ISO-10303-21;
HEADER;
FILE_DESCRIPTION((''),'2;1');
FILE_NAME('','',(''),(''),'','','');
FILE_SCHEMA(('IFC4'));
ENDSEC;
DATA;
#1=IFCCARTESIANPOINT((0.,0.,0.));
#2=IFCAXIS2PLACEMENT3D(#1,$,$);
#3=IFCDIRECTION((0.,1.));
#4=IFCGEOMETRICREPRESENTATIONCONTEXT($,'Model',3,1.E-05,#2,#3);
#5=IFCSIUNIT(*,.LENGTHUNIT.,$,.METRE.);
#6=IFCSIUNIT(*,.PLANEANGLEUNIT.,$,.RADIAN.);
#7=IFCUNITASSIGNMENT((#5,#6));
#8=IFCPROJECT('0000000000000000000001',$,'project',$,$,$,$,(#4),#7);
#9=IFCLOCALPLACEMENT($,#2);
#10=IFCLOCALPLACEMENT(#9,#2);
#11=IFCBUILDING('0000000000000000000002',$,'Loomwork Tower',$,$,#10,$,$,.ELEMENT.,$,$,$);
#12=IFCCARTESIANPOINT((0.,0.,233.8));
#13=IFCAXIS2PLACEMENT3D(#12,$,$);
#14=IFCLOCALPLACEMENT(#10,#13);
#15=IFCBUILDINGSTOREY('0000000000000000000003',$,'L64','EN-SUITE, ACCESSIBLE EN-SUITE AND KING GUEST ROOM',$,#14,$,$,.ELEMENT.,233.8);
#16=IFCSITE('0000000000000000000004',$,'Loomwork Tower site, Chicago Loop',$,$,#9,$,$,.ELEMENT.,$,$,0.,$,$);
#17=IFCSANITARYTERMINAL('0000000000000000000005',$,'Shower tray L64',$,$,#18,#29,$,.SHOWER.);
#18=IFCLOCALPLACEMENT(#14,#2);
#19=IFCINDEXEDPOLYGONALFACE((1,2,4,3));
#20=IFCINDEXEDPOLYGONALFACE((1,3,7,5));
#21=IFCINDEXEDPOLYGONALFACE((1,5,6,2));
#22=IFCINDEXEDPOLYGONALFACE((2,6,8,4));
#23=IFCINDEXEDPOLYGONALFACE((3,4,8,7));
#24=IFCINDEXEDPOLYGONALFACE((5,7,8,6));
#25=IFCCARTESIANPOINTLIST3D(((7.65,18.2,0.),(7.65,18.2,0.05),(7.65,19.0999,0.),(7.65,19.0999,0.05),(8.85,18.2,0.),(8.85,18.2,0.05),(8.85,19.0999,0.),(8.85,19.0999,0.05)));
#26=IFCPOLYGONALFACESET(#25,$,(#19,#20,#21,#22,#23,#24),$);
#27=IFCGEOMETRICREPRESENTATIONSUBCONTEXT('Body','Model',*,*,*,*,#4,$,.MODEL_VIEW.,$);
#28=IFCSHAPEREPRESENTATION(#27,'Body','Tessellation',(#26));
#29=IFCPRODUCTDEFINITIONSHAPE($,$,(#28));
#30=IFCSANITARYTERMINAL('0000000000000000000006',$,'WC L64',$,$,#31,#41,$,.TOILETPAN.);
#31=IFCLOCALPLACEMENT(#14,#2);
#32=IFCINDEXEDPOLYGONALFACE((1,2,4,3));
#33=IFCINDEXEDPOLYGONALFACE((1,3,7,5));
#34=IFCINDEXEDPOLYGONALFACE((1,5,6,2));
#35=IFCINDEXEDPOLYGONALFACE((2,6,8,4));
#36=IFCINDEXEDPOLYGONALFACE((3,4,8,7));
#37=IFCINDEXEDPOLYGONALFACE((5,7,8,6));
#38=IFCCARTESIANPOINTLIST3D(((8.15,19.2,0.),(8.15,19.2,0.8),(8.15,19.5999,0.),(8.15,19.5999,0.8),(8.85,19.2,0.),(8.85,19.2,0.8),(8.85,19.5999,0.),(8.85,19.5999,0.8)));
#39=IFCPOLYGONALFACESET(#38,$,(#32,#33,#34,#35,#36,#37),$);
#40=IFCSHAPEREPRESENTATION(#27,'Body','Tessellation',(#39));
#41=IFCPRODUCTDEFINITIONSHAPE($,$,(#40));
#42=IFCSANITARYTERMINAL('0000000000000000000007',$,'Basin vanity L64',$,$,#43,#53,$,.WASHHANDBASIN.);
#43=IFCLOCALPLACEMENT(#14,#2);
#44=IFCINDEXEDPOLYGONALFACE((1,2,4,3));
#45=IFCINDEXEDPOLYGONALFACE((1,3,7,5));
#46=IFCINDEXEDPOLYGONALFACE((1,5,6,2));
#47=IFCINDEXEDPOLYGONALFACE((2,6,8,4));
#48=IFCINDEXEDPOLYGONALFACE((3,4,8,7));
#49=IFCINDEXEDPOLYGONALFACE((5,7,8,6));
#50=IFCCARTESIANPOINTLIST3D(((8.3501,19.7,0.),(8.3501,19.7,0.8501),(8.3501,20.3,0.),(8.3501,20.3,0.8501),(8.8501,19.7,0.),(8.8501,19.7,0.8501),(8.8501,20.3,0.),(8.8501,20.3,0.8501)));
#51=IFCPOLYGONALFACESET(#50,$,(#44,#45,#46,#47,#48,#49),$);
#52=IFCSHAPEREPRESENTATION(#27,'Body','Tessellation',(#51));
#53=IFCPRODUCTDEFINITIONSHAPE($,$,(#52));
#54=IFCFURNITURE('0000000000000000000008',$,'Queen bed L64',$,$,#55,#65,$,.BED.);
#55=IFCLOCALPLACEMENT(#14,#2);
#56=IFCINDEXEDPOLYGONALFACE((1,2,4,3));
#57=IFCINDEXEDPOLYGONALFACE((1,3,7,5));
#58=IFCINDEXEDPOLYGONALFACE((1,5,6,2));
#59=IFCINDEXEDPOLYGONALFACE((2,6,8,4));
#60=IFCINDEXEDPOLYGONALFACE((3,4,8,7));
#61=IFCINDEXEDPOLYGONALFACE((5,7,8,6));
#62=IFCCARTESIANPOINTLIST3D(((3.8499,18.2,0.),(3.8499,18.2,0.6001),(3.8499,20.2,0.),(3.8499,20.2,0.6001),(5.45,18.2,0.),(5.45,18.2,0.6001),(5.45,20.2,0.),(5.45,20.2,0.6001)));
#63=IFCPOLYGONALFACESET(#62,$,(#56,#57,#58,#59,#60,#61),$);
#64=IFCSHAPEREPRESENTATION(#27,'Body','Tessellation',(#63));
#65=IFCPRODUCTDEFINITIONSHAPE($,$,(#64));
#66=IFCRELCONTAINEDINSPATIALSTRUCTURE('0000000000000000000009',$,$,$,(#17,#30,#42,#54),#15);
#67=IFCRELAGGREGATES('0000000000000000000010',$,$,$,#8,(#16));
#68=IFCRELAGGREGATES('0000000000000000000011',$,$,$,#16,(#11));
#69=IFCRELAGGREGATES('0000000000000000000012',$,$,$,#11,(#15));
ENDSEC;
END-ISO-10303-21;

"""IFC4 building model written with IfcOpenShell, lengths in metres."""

from ifc_helpers import new_model, si_unit, direction, frame, origin, origin_2d, place, context, subcontext, project, spatial, rectangle, extrude, element, save


model = new_model("IFC4")

# Units and contexts
model_context = context("Model", 3, precision=1e-05, world=origin(), true_north=direction((0.0, 1.0)))
body_context = subcontext(model_context, "Body", "Model", "MODEL_VIEW")
ifc_project = project(units=[si_unit("LENGTHUNIT", "METRE"), si_unit("PLANEANGLEUNIT", "RADIAN")], contexts=[model_context])

# Site, building, storey
site_placement = place(None, origin())
site = spatial("IfcSite", under=ifc_project, at=site_placement, Name="Loomwork Tower site, Chicago Loop", CompositionType="ELEMENT", RefElevation=0.0)
building_placement = place(site_placement, origin())
building = spatial("IfcBuilding", under=site, at=building_placement, Name="Loomwork Tower", CompositionType="ELEMENT")
storey_placement = place(building_placement, frame((0.0, 0.0, 233.8)))
storey = spatial("IfcBuildingStorey", under=building, at=storey_placement, Name="L64", Description="EN-SUITE, ACCESSIBLE EN-SUITE AND KING GUEST ROOM", CompositionType="ELEMENT", Elevation=233.8)

# Sanitary terminals
sanitary_terminal_1_placement = place(storey_placement, frame((8.25, 18.6499, 0.0), z_axis=(0.0, 0.0, 1.0), x_axis=(1.0, 0.0, 0.0)))
element("IfcSanitaryTerminal", 1, at=sanitary_terminal_1_placement, inside=storey, Name="Shower tray L64", PredefinedType="SHOWER", context=body_context, shape_type="SweptSolid", body=[
    extrude(rectangle(XDim=1.2, YDim=0.8999, at=origin_2d()), origin(), (0.0, 0.0, 1.0), 0.05),
])
sanitary_terminal_2_placement = place(storey_placement, frame((8.5, 19.3999, 0.0), z_axis=(0.0, 0.0, 1.0), x_axis=(1.0, 0.0, 0.0)))
element("IfcSanitaryTerminal", 2, at=sanitary_terminal_2_placement, inside=storey, Name="WC L64", PredefinedType="TOILETPAN", context=body_context, shape_type="SweptSolid", body=[
    extrude(rectangle(XDim=0.7, YDim=0.3999, at=origin_2d()), origin(), (0.0, 0.0, 1.0), 0.8),
])
sanitary_terminal_3_placement = place(storey_placement, frame((8.6001, 20.0, 0.0), z_axis=(0.0, 0.0, 1.0), x_axis=(1.0, 0.0, 0.0)))
element("IfcSanitaryTerminal", 3, at=sanitary_terminal_3_placement, inside=storey, Name="Basin vanity L64", PredefinedType="WASHHANDBASIN", context=body_context, shape_type="SweptSolid", body=[
    extrude(rectangle(XDim=0.5, YDim=0.6001, at=origin_2d()), origin(), (0.0, 0.0, 1.0), 0.8501),
])

# Furniture
furniture_placement = place(storey_placement, frame((4.6499, 19.2, 0.0), z_axis=(0.0, 0.0, 1.0), x_axis=(1.0, 0.0, 0.0)))
element("IfcFurniture", 4, at=furniture_placement, inside=storey, Name="Queen bed L64", PredefinedType="BED", context=body_context, shape_type="SweptSolid", body=[
    extrude(rectangle(XDim=1.6001, YDim=2.0, at=origin_2d()), origin(), (0.0, 0.0, 1.0), 0.6001),
])

save(model, "model.ifc")
